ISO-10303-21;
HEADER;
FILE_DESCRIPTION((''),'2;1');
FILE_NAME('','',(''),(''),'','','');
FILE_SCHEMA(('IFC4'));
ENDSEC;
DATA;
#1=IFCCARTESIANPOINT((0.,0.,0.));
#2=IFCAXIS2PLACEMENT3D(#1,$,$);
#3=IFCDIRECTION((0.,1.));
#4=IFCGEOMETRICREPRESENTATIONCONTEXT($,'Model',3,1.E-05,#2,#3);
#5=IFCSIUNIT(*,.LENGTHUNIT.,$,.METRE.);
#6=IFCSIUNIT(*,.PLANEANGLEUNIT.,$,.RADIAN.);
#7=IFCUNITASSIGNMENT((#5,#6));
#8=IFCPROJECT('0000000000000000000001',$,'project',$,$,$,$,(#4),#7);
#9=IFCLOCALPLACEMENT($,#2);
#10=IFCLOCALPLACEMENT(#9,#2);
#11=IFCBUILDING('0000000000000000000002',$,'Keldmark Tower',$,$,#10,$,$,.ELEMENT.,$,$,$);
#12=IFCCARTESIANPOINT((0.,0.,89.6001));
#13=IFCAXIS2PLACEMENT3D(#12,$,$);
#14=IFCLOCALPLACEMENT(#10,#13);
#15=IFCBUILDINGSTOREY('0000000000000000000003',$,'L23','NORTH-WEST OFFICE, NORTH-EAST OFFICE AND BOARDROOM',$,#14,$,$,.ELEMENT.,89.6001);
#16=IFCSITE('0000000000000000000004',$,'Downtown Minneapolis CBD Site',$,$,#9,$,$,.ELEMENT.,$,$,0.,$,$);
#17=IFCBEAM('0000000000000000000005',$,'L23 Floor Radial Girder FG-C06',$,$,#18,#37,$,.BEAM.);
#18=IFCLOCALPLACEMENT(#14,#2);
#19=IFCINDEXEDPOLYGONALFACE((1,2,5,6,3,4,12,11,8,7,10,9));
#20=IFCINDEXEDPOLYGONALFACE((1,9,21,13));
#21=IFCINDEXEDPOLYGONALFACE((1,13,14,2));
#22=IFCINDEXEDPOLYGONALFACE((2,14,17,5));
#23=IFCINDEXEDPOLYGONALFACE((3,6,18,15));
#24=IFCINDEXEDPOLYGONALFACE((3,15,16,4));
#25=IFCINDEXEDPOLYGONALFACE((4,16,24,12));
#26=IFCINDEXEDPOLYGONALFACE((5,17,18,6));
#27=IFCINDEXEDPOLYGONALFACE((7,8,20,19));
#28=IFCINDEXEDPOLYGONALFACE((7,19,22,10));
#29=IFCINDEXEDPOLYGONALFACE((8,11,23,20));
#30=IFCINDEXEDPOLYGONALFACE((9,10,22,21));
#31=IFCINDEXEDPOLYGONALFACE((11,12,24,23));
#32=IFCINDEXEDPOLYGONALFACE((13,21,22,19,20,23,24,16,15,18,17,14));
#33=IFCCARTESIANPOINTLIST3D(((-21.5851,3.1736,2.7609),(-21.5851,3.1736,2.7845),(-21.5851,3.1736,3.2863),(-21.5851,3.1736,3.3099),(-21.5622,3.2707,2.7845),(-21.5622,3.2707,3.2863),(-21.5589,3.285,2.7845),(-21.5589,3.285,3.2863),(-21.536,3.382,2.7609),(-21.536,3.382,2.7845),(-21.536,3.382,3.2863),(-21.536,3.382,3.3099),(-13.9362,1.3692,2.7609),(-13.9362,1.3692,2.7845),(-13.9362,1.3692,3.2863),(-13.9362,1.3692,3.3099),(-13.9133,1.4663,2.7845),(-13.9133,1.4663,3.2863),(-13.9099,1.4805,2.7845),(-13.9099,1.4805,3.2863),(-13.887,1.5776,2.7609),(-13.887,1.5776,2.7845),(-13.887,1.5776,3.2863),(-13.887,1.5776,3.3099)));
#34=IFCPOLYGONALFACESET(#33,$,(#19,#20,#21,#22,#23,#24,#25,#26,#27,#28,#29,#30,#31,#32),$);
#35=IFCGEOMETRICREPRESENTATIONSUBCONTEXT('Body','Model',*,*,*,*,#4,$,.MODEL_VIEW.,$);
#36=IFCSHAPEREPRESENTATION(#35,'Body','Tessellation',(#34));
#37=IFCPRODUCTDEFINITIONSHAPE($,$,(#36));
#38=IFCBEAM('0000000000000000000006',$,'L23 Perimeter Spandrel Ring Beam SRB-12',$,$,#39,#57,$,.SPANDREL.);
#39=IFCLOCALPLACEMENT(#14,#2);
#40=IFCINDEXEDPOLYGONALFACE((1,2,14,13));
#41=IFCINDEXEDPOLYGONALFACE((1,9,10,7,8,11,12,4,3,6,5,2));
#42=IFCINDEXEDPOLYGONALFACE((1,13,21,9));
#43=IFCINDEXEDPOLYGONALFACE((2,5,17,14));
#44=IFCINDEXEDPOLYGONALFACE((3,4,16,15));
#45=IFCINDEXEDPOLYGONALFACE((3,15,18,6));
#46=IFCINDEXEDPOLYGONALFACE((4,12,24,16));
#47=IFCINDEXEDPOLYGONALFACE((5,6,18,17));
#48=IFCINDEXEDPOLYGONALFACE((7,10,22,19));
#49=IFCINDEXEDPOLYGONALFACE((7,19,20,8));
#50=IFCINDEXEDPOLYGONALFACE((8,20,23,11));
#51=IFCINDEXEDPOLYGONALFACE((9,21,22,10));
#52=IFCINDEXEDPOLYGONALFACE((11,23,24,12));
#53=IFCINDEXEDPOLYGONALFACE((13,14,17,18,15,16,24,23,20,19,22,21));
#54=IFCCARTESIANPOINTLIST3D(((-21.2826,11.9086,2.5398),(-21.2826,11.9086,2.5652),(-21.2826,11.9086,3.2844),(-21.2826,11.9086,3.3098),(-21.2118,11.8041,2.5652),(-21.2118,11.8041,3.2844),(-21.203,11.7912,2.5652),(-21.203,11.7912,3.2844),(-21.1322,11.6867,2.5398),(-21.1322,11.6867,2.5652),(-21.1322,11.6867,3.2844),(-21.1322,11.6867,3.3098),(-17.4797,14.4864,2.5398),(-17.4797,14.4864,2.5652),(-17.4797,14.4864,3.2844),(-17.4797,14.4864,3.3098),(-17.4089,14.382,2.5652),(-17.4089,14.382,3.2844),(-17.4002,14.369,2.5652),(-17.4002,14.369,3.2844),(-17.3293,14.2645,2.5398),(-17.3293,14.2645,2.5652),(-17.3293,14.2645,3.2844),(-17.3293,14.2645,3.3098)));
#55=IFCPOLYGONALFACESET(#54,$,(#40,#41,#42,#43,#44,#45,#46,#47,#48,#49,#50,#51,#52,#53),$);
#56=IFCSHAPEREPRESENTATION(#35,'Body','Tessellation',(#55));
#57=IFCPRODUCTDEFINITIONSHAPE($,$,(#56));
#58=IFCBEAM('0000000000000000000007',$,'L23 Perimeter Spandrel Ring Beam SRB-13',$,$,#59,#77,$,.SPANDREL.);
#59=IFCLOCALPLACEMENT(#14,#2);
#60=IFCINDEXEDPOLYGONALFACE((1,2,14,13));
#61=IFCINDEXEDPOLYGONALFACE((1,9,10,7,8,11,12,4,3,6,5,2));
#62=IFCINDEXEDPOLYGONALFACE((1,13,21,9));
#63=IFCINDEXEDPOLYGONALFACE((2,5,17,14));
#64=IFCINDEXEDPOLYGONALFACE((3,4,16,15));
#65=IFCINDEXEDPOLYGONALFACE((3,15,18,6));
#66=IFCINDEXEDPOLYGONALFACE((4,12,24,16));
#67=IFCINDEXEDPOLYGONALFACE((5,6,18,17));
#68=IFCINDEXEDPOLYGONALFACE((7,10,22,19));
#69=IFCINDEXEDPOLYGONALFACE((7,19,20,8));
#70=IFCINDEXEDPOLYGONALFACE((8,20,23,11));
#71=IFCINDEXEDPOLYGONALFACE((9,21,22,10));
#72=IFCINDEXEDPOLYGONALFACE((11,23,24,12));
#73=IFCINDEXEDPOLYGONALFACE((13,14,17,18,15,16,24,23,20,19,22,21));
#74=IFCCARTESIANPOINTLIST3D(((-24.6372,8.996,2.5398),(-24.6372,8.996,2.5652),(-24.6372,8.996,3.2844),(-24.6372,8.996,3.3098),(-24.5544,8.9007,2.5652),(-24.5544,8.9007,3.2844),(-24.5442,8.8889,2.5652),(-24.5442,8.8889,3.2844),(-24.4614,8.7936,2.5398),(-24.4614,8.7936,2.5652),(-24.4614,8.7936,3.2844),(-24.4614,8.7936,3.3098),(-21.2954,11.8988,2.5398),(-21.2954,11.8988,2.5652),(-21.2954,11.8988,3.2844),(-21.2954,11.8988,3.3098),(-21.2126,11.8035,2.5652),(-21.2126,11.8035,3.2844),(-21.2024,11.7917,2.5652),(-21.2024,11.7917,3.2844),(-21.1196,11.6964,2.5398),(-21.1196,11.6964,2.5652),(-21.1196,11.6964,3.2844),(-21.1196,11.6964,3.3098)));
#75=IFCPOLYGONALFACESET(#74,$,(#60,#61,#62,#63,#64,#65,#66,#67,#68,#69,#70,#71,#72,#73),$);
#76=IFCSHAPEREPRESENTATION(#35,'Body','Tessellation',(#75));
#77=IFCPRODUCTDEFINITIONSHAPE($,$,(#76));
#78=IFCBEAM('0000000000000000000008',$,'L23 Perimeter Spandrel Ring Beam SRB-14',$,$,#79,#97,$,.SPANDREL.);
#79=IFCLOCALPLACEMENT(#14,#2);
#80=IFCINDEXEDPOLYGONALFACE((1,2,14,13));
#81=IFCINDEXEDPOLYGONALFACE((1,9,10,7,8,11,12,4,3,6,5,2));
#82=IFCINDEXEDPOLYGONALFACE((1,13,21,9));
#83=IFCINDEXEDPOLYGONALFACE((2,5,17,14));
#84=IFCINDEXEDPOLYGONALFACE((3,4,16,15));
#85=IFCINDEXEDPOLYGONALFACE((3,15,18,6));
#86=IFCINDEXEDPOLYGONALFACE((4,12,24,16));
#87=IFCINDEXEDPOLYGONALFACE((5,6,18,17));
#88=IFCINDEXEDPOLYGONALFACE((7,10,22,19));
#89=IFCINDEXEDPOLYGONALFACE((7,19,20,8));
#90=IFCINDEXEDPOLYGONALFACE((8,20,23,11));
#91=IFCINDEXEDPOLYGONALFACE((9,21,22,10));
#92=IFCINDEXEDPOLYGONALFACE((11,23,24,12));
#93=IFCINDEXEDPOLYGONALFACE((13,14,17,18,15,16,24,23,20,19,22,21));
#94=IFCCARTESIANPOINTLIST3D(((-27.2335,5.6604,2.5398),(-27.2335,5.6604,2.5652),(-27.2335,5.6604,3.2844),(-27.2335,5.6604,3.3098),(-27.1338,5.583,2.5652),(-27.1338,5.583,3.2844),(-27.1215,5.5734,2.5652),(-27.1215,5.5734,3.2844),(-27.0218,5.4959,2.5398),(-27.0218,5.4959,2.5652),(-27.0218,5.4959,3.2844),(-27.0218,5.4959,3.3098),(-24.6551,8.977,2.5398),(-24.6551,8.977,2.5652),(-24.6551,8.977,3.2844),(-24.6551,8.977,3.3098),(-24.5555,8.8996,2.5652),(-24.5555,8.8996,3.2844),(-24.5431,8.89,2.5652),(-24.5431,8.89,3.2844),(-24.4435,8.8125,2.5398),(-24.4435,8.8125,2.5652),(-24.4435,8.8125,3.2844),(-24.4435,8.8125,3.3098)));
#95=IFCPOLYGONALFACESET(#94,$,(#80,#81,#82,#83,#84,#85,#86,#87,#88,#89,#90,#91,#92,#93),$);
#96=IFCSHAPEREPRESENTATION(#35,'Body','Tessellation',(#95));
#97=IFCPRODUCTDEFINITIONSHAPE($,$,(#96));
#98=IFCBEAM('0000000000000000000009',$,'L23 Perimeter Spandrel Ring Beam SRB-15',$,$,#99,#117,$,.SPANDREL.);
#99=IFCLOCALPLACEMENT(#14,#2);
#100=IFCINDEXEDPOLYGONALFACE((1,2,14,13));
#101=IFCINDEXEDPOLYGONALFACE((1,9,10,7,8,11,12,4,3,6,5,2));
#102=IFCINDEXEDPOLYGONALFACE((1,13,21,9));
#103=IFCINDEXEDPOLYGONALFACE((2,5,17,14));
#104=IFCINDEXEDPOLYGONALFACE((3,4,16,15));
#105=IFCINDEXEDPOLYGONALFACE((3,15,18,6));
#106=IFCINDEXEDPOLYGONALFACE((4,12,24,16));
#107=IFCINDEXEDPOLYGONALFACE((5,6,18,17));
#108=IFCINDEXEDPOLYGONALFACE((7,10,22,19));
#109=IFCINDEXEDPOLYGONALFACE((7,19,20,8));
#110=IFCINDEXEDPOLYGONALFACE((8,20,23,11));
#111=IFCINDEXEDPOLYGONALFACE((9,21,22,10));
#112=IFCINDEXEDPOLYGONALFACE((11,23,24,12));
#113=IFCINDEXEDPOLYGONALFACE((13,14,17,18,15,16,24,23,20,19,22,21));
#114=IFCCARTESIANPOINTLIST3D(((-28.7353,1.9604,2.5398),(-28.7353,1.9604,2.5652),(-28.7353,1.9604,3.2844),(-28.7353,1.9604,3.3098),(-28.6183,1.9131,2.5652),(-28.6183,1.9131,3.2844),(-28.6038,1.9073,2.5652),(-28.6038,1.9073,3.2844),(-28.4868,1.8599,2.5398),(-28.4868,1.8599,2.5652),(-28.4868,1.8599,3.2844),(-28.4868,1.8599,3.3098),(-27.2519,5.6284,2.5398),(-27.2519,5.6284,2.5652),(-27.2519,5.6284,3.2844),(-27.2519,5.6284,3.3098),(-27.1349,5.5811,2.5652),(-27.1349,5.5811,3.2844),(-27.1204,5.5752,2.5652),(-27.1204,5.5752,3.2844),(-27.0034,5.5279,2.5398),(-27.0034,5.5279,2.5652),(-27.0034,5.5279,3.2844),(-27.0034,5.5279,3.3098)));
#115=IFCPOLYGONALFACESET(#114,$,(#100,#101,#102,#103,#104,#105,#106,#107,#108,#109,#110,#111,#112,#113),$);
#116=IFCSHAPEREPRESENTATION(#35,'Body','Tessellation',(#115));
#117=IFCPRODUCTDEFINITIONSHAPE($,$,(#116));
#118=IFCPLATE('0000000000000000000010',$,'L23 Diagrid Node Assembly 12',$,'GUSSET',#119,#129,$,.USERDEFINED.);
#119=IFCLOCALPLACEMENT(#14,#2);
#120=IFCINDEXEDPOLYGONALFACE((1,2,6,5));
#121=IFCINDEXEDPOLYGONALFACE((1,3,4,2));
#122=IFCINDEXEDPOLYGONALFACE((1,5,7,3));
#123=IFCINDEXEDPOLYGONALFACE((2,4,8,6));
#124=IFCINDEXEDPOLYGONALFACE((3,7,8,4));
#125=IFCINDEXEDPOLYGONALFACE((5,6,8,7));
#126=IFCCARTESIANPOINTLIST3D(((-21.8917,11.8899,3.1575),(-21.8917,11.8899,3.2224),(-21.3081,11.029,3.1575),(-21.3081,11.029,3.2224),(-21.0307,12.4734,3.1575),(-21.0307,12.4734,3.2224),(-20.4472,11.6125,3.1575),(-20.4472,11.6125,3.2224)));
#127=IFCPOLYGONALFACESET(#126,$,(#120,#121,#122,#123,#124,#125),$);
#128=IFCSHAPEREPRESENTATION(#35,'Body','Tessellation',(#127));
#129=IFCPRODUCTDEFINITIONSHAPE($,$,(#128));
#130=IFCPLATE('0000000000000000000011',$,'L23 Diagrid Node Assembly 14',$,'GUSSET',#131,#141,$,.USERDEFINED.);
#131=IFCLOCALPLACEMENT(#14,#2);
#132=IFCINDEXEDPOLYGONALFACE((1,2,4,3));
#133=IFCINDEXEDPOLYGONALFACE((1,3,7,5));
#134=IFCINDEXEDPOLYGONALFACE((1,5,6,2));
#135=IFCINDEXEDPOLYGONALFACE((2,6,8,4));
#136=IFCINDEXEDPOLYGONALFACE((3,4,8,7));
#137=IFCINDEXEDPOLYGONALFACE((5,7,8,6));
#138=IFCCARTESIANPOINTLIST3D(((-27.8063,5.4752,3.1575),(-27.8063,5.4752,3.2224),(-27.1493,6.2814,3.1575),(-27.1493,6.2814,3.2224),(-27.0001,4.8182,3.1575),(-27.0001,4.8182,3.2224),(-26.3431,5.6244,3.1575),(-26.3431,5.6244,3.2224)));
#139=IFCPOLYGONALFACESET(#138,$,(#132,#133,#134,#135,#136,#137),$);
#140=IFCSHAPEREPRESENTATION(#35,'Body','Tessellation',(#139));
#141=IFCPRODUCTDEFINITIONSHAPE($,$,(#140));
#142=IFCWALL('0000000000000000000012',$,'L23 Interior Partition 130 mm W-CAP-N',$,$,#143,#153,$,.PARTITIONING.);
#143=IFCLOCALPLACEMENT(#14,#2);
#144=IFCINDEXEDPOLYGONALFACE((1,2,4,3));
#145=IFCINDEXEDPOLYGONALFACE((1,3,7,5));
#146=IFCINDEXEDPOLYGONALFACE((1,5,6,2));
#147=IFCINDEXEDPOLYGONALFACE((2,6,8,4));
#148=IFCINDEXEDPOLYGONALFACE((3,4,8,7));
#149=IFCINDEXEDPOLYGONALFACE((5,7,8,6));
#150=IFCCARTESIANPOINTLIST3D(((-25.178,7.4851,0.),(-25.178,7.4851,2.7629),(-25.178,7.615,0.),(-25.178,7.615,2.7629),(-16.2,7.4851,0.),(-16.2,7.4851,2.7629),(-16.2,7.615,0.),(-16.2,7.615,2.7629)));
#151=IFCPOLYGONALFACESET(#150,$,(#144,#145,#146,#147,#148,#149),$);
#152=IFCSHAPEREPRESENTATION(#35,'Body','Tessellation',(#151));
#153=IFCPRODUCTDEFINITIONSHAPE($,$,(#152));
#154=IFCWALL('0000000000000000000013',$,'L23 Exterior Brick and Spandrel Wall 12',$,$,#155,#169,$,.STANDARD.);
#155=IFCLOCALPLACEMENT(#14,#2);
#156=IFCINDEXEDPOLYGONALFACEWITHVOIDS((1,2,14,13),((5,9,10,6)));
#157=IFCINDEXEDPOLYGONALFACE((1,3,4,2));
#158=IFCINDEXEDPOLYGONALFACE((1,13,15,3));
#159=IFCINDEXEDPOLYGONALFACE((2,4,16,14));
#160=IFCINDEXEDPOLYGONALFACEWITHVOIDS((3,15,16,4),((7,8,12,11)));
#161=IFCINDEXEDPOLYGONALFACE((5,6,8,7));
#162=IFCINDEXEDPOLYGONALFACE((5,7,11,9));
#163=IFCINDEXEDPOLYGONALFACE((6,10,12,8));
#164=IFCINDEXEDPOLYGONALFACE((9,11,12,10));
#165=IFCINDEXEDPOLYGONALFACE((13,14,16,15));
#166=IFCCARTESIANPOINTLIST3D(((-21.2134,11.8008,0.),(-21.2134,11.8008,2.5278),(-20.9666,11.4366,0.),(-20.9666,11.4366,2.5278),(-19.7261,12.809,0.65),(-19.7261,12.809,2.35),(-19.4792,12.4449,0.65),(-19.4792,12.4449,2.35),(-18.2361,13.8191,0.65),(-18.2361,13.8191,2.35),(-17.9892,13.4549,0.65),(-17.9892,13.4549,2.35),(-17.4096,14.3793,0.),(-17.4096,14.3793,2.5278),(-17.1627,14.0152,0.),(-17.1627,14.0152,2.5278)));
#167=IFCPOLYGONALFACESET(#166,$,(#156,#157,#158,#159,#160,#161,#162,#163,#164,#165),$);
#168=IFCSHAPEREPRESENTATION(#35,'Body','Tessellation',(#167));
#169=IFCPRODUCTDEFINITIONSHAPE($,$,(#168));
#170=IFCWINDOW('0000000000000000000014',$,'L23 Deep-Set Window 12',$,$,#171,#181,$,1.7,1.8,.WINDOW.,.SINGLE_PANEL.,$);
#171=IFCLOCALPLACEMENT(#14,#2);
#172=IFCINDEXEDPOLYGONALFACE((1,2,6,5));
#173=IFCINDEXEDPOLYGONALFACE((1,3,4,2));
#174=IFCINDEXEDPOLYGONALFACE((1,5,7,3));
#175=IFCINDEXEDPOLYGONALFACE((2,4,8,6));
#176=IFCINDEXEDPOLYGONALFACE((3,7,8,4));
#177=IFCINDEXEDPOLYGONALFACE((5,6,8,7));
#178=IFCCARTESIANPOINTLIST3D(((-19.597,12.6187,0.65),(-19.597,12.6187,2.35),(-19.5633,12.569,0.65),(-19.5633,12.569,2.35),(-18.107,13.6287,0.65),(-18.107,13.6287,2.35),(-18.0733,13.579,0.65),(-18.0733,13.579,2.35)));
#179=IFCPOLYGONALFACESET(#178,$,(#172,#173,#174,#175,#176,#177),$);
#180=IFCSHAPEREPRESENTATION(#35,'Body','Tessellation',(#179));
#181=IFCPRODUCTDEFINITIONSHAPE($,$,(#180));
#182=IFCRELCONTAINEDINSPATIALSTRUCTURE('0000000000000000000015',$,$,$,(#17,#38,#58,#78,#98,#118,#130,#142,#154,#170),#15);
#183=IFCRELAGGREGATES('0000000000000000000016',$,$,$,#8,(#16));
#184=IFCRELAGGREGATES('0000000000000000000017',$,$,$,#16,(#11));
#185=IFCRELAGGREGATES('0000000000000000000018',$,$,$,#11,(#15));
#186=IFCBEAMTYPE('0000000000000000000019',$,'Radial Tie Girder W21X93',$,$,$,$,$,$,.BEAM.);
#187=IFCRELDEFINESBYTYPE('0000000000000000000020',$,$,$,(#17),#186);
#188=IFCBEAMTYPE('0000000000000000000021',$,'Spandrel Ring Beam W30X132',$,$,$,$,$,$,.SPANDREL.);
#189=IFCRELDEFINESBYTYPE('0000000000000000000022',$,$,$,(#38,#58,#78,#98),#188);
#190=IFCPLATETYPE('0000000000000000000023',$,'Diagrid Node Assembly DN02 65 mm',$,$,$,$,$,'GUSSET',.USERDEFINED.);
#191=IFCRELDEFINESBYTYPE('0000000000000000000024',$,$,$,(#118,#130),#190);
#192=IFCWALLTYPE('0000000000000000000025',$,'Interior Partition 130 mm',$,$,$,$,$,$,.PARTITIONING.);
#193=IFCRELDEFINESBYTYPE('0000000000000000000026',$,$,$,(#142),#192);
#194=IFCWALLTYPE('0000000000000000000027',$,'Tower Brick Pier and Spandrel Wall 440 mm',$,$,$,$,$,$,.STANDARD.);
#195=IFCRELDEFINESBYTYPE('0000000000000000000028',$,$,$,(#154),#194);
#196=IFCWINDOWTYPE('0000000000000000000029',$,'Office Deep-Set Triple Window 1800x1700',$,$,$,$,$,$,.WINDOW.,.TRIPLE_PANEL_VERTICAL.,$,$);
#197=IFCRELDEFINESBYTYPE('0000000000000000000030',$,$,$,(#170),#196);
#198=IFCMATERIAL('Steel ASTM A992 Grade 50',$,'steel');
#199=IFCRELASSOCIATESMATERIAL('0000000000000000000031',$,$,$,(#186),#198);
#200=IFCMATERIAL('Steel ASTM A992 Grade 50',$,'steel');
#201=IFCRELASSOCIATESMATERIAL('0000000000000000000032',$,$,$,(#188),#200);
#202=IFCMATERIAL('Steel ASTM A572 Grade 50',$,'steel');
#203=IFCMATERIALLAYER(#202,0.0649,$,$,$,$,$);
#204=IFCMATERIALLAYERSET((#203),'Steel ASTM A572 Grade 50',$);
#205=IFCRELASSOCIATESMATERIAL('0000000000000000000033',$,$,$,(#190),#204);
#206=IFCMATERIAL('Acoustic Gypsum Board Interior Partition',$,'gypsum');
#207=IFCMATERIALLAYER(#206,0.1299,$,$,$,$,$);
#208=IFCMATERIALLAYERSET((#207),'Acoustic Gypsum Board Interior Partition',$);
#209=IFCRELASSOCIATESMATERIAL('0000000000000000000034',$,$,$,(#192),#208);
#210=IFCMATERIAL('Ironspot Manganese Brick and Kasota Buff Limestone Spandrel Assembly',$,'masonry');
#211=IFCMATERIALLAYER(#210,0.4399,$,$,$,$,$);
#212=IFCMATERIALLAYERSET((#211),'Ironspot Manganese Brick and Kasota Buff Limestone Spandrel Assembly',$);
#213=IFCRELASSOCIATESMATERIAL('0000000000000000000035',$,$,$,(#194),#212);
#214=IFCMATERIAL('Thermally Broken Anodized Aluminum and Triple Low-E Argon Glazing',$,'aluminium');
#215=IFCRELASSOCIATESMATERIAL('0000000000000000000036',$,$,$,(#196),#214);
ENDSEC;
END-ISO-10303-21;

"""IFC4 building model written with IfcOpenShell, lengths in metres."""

from ifc_helpers import new_model, si_unit, direction, frame, frame_2d, origin, origin_2d, place, context, subcontext, project, spatial, rectangle, i_section, extrude, material, layer, layer_set, material_profile, profile_set, type_object, element, fill, save


model = new_model("IFC4")

# Units and contexts
model_context = context("Model", 3, precision=1e-05, world=origin(), true_north=direction((0.0, 1.0)))
body_context = subcontext(model_context, "Body", "Model", "MODEL_VIEW")
ifc_project = project(units=[si_unit("LENGTHUNIT", "METRE"), si_unit("PLANEANGLEUNIT", "RADIAN")], contexts=[model_context])

# Site, building, storey
site_placement = place(None, origin())
site = spatial("IfcSite", under=ifc_project, at=site_placement, Name="Downtown Minneapolis CBD Site", CompositionType="ELEMENT", RefElevation=0.0)
building_placement = place(site_placement, origin())
building = spatial("IfcBuilding", under=site, at=building_placement, Name="Keldmark Tower", CompositionType="ELEMENT")
storey_placement = place(building_placement, frame((0.0, 0.0, 89.6001)))
storey = spatial("IfcBuildingStorey", under=building, at=storey_placement, Name="L23", Description="NORTH-WEST OFFICE, NORTH-EAST OFFICE AND BOARDROOM", CompositionType="ELEMENT", Elevation=89.6001)

# Beams
ifc_material_1 = material(Name="Steel ASTM A992 Grade 50", Category="steel")
ifc_material_profile_1 = material_profile(ifc_material_1, i_section(OverallWidth=0.2141, OverallDepth=0.5491, WebThickness=0.0146, FlangeThickness=0.0237, at=origin_2d()), Name="W21X93")
ifc_profile_set_1 = profile_set([ifc_material_profile_1], Name="Steel ASTM A992 Grade 50")
beam_type_1 = type_object("IfcBeamType", Name="Radial Tie Girder W21X93", PredefinedType="BEAM", material=ifc_profile_set_1)
beam_1_placement = place(storey_placement, frame((-21.5605, 3.2778, 3.0354), z_axis=(0.973284, -0.229606, 0.0), x_axis=(0.229606, 0.973284, 0.0)))
element("IfcBeam", 1, at=beam_1_placement, inside=storey, type_object=beam_type_1, Name="L23 Floor Radial Girder FG-C06", PredefinedType="BEAM", context=body_context, shape_type="SweptSolid", body=[
    extrude(i_section(OverallWidth=0.2141, OverallDepth=0.5491, WebThickness=0.0146, FlangeThickness=0.0237, at=origin_2d()), origin(), (0.0, 0.0, 1.0), 7.8589),
])
ifc_material_2 = material(Name="Steel ASTM A992 Grade 50", Category="steel")
ifc_material_profile_2 = material_profile(ifc_material_2, i_section(OverallWidth=0.2681, OverallDepth=0.77, WebThickness=0.0156, FlangeThickness=0.0254, at=origin_2d()), Name="W30X132")
ifc_profile_set_2 = profile_set([ifc_material_profile_2], Name="Steel ASTM A992 Grade 50")
beam_type_2 = type_object("IfcBeamType", Name="Spandrel Ring Beam W30X132", PredefinedType="SPANDREL", material=ifc_profile_set_2)
beam_2_placement = place(storey_placement, frame((-17.4045, 14.3755, 2.9248), z_axis=(-0.82775, -0.561097, 0.0), x_axis=(0.561097, -0.82775, 0.0)))
element("IfcBeam", 2, at=beam_2_placement, inside=storey, type_object=beam_type_2, Name="L23 Perimeter Spandrel Ring Beam SRB-12", PredefinedType="SPANDREL", context=body_context, shape_type="SweptSolid", body=[
    extrude(i_section(OverallWidth=0.2681, OverallDepth=0.77, WebThickness=0.0156, FlangeThickness=0.0254, at=origin_2d()), origin(), (0.0, 0.0, 1.0), 4.5942),
])
beam_3_placement = place(storey_placement, frame((-21.2075, 11.7976, 2.9248), z_axis=(-0.75495, -0.655783, 0.0), x_axis=(0.655783, -0.75495, 0.0)))
element("IfcBeam", 3, at=beam_3_placement, inside=storey, type_object=beam_type_2, Name="L23 Perimeter Spandrel Ring Beam SRB-13", PredefinedType="SPANDREL", context=body_context, shape_type="SweptSolid", body=[
    extrude(i_section(OverallWidth=0.2681, OverallDepth=0.77, WebThickness=0.0156, FlangeThickness=0.0254, at=origin_2d()), origin(), (0.0, 0.0, 1.0), 4.4265),
])
beam_4_placement = place(storey_placement, frame((-24.5493, 8.8948, 2.9248), z_axis=(-0.613756, -0.789496, 0.0), x_axis=(0.789496, -0.613756, 0.0)))
element("IfcBeam", 4, at=beam_4_placement, inside=storey, type_object=beam_type_2, Name="L23 Perimeter Spandrel Ring Beam SRB-14", PredefinedType="SPANDREL", context=body_context, shape_type="SweptSolid", body=[
    extrude(i_section(OverallWidth=0.2681, OverallDepth=0.77, WebThickness=0.0156, FlangeThickness=0.0254, at=origin_2d()), origin(), (0.0, 0.0, 1.0), 4.2009),
])
beam_5_placement = place(storey_placement, frame((-27.1277, 5.5781, 2.9248), z_axis=(-0.37492, -0.927057, 0.0), x_axis=(0.927057, -0.37492, 0.0)))
element("IfcBeam", 5, at=beam_5_placement, inside=storey, type_object=beam_type_2, Name="L23 Perimeter Spandrel Ring Beam SRB-15", PredefinedType="SPANDREL", context=body_context, shape_type="SweptSolid", body=[
    extrude(i_section(OverallWidth=0.2681, OverallDepth=0.77, WebThickness=0.0156, FlangeThickness=0.0254, at=origin_2d()), origin(), (0.0, 0.0, 1.0), 3.9565),
])

# Plates
ifc_material_3 = material(Name="Steel ASTM A572 Grade 50", Category="steel")
ifc_layer_1 = layer(ifc_material_3, 0.0649)
ifc_layer_set_1 = layer_set([ifc_layer_1], Name="Steel ASTM A572 Grade 50")
plate_type = type_object("IfcPlateType", Name="Diagrid Node Assembly DN02 65 mm", ElementType="GUSSET", PredefinedType="USERDEFINED", material=ifc_layer_set_1)
for number, where, z_axis, x_axis, name in (
    (6, (-21.1694, 11.7512, 3.1575), (0.0, 0.0, 1.0), (-0.827767, -0.561072, 0.0), "L23 Diagrid Node Assembly 12"),
    (7, (-27.0747, 5.5498, 3.1575), (0.0, 0.0, 1.0), (-0.631759, -0.775165, 0.0), "L23 Diagrid Node Assembly 14"),
):
    element("IfcPlate", number, at=place(storey_placement, frame(where, z_axis=z_axis, x_axis=x_axis)), inside=storey, type_object=plate_type, Name=name, ObjectType="GUSSET", PredefinedType="USERDEFINED", context=body_context, shape_type="SweptSolid", body=[
        extrude(rectangle(XDim=1.04, YDim=1.04, at=origin_2d()), origin(), (0.0, 0.0, 1.0), 0.0649),
    ])

# Wall
ifc_material_4 = material(Name="Acoustic Gypsum Board Interior Partition", Category="gypsum")
ifc_layer_2 = layer(ifc_material_4, 0.1299)
ifc_layer_set_2 = layer_set([ifc_layer_2], Name="Acoustic Gypsum Board Interior Partition")
wall_type_1 = type_object("IfcWallType", Name="Interior Partition 130 mm", PredefinedType="PARTITIONING", material=ifc_layer_set_2)
wall_1_placement = place(storey_placement, frame((-25.178, 7.55, 0.0), z_axis=(0.0, 0.0, 1.0), x_axis=(1.0, 0.0, 0.0)))
element("IfcWall", 8, at=wall_1_placement, inside=storey, type_object=wall_type_1, Name="L23 Interior Partition 130 mm W-CAP-N", PredefinedType="PARTITIONING", context=body_context, shape_type="SweptSolid", body=[
    extrude(rectangle(XDim=8.978, YDim=0.1299, at=frame_2d((4.489, 0.0))), origin(), (0.0, 0.0, 1.0), 2.7629),
])

# Wall, opening, window
ifc_material_5 = material(Name="Ironspot Manganese Brick and Kasota Buff Limestone Spandrel Assembly", Category="masonry")
ifc_layer_3 = layer(ifc_material_5, 0.4399)
ifc_layer_set_3 = layer_set([ifc_layer_3], Name="Ironspot Manganese Brick and Kasota Buff Limestone Spandrel Assembly")
wall_type_2 = type_object("IfcWallType", Name="Tower Brick Pier and Spandrel Wall 440 mm", PredefinedType="STANDARD", material=ifc_layer_set_3)
wall_2_placement = place(storey_placement, frame((-21.0901, 11.6187, 0.0), z_axis=(0.0, 0.0, 1.0), x_axis=(0.827743, 0.561108, 0.0)))
wall_2 = element("IfcWall", 9, at=wall_2_placement, inside=storey, type_object=wall_type_2, Name="L23 Exterior Brick and Spandrel Wall 12", PredefinedType="STANDARD", context=body_context, shape_type="SweptSolid", body=[
    extrude(rectangle(XDim=4.5955, YDim=0.4399, at=frame_2d((2.2979, 0.0))), origin(), (0.0, 0.0, 1.0), 2.5278),
])
opening_1_placement = place(wall_2_placement, frame((1.7971, 0.0, 0.6499)))
opening_1 = element("IfcOpeningElement", 10, at=opening_1_placement, cuts=wall_2, PredefinedType="OPENING", context=body_context, shape_type="SweptSolid", body=[
    extrude(rectangle(XDim=1.8, YDim=1.7, at=frame_2d((0.8999, 0.8501))), frame((0.0, 0.23, 0.0), z_axis=(0.0, -1.0, 0.0), x_axis=(1.0, 0.0, 0.0)), (0.0, 0.0, 1.0), 0.46),
])
ifc_material_6 = material(Name="Thermally Broken Anodized Aluminum and Triple Low-E Argon Glazing", Category="aluminium")
window_type_1 = type_object("IfcWindowType", Name="Office Deep-Set Triple Window 1800x1700", PartitioningType="TRIPLE_PANEL_VERTICAL", PredefinedType="WINDOW", material=ifc_material_6)
window_1_placement = place(opening_1_placement, origin())
window_1 = element("IfcWindow", 11, at=window_1_placement, inside=storey, type_object=window_type_1, Name="L23 Deep-Set Window 12", OverallHeight=1.7, OverallWidth=1.8, PartitioningType="SINGLE_PANEL", PredefinedType="WINDOW", context=body_context, shape_type="SweptSolid", body=[
    extrude(rectangle(XDim=1.8, YDim=1.7, at=frame_2d((0.8999, 0.8501))), frame((0.0, -0.01, 0.0), z_axis=(0.0, -1.0, 0.0), x_axis=(1.0, 0.0, 0.0)), (0.0, 0.0, 1.0), 0.0601),
])
fill(opening_1, window_1)

save(model, "model.ifc")
